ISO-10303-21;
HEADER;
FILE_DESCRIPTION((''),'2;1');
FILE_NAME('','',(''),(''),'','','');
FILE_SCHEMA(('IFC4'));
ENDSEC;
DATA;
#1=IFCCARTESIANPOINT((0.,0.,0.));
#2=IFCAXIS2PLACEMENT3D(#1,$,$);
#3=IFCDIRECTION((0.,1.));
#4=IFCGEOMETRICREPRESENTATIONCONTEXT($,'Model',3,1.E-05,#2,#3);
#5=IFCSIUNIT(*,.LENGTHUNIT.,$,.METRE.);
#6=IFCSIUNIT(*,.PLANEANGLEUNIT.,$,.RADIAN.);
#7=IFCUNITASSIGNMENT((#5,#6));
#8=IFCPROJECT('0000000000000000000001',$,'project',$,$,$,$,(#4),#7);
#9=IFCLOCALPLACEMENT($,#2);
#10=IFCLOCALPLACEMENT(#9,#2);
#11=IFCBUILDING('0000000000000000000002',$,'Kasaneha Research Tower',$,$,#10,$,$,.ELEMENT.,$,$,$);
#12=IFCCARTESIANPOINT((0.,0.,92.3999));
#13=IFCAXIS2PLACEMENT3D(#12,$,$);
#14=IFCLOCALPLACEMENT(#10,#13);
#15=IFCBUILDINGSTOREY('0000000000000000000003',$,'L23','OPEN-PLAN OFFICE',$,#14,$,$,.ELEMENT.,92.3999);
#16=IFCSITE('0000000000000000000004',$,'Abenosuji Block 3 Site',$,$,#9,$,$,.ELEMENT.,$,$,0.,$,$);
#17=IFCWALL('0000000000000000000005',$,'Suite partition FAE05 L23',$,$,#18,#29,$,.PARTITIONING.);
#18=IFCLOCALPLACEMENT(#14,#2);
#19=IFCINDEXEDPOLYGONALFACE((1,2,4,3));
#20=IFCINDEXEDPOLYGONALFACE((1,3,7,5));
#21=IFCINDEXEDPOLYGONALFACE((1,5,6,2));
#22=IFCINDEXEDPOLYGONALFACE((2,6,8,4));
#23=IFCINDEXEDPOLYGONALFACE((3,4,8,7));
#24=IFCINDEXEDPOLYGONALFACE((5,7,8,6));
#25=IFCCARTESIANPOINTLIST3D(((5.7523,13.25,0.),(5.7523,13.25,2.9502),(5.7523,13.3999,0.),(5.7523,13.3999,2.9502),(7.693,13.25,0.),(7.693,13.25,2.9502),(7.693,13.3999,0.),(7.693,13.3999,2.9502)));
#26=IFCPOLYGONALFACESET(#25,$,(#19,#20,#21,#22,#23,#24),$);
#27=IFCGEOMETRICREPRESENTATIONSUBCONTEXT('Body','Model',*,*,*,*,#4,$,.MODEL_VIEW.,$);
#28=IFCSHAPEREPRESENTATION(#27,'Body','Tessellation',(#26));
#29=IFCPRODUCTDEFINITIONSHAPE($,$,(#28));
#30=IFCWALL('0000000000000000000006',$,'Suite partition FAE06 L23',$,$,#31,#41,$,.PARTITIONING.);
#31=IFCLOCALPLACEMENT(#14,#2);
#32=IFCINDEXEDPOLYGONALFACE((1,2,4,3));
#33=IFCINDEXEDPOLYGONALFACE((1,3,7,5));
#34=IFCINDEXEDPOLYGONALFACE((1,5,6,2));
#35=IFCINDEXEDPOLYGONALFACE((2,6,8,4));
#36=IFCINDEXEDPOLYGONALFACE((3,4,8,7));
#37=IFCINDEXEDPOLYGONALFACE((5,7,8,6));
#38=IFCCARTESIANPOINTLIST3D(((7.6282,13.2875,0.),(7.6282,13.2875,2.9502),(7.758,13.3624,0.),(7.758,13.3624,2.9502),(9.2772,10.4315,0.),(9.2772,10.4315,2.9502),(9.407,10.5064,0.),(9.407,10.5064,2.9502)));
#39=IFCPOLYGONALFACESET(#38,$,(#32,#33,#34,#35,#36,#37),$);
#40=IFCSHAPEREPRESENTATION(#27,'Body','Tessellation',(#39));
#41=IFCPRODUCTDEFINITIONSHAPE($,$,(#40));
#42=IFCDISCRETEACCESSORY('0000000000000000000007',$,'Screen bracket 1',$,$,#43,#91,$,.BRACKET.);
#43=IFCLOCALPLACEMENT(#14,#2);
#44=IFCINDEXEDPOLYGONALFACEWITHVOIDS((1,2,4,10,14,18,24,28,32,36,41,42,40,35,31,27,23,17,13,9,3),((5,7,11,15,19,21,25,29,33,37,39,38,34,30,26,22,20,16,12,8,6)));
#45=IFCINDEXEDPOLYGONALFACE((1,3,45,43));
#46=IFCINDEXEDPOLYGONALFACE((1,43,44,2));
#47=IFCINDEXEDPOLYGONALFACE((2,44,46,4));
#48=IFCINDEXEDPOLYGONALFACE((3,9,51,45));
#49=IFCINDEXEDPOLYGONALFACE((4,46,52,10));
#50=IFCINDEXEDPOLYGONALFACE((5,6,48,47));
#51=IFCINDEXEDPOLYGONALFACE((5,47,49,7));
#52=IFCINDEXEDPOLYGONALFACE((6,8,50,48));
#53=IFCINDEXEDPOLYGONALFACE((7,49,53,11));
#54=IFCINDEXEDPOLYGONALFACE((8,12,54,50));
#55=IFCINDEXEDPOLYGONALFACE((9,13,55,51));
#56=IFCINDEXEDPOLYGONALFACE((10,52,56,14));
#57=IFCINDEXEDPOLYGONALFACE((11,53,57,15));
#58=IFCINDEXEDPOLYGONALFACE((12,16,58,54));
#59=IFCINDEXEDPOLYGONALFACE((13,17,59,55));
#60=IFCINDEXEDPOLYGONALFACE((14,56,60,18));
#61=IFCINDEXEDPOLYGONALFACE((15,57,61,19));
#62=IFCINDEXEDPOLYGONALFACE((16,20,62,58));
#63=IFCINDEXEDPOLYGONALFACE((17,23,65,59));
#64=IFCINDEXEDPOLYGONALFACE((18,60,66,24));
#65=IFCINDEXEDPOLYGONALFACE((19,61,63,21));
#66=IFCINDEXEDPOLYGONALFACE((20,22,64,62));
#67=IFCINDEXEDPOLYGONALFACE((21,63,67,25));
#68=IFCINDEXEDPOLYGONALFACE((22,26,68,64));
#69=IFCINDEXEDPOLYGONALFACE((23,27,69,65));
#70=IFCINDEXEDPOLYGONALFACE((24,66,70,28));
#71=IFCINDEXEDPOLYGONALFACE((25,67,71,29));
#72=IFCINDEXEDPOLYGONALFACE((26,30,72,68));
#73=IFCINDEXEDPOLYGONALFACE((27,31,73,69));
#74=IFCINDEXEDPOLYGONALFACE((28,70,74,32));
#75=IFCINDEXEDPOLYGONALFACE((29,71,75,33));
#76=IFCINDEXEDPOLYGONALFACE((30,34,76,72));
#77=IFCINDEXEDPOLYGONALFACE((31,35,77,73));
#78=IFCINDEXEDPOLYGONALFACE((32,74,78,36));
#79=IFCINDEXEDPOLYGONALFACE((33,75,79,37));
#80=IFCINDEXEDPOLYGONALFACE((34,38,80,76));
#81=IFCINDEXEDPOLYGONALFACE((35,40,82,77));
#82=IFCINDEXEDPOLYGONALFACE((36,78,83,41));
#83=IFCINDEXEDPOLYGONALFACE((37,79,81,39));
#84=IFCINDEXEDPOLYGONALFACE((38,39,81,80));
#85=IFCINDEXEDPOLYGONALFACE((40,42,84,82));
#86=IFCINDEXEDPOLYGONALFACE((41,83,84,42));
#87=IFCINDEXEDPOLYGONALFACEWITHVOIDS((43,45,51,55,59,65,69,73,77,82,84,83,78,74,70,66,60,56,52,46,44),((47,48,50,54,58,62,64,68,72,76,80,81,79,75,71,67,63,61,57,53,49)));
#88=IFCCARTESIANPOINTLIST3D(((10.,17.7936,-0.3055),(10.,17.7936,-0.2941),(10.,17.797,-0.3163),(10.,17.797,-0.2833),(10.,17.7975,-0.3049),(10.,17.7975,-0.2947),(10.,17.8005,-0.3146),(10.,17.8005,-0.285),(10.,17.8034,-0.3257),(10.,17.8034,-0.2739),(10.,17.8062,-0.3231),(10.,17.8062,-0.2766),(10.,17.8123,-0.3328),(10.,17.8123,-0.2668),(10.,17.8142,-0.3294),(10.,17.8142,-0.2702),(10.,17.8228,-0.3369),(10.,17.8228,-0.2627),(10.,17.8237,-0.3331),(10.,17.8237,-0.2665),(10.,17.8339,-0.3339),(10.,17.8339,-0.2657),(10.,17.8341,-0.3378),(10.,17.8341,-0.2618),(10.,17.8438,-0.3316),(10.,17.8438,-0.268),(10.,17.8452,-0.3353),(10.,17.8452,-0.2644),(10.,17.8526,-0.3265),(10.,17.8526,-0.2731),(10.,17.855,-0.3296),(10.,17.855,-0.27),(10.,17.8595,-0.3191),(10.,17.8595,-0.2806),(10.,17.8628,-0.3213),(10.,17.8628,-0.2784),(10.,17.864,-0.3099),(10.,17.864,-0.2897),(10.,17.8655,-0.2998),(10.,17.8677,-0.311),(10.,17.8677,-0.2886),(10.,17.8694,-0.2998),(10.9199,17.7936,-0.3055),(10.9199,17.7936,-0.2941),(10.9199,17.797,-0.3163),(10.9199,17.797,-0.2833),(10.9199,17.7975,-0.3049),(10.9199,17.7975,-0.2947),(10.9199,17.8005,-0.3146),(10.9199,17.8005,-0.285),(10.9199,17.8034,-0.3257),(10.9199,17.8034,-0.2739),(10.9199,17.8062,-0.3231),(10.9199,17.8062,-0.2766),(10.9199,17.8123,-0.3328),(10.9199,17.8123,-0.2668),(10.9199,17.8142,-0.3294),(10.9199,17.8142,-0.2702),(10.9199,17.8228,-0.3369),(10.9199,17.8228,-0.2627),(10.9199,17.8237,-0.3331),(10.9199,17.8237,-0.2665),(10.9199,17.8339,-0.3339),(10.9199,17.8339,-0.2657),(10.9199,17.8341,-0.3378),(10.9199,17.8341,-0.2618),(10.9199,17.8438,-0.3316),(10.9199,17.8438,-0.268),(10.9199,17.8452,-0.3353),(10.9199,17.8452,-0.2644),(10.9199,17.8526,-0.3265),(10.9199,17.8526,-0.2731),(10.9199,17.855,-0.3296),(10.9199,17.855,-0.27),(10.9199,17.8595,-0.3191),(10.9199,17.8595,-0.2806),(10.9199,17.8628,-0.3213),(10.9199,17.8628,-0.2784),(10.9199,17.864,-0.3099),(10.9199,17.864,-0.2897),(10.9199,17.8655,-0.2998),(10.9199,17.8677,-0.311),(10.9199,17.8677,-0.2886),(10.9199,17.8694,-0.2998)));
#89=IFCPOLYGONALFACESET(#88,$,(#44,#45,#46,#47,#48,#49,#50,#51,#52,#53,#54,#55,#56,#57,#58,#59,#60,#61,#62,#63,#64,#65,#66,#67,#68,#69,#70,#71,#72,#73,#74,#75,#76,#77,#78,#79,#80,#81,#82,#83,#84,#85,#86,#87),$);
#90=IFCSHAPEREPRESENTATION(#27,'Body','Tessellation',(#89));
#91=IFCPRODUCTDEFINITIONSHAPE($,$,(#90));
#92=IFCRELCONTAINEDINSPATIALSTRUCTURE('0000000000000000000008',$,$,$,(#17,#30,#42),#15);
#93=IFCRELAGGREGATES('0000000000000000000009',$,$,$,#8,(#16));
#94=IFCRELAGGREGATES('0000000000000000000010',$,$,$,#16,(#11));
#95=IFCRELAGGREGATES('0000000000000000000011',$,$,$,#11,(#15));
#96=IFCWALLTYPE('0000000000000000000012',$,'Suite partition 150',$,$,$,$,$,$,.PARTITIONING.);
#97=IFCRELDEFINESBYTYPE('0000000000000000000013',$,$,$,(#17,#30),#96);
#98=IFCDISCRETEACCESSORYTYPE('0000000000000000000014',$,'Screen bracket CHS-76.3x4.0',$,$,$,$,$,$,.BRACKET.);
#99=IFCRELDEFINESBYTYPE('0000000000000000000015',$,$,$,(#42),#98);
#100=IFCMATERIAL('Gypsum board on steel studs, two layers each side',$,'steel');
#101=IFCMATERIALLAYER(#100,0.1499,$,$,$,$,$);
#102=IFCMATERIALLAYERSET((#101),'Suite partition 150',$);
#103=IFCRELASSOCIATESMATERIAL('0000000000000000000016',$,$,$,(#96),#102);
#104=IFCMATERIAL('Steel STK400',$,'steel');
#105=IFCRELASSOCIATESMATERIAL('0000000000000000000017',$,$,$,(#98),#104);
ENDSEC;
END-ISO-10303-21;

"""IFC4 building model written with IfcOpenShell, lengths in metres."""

from ifc_helpers import new_model, si_unit, direction, frame, frame_2d, origin, origin_2d, place, context, subcontext, project, spatial, rectangle, hollow_circle, extrude, material, layer, layer_set, material_profile, profile_set, type_object, element, save


model = new_model("IFC4")

# Units and contexts
model_context = context("Model", 3, precision=1e-05, world=origin(), true_north=direction((0.0, 1.0)))
body_context = subcontext(model_context, "Body", "Model", "MODEL_VIEW")
ifc_project = project(units=[si_unit("LENGTHUNIT", "METRE"), si_unit("PLANEANGLEUNIT", "RADIAN")], contexts=[model_context])

# Site, building, storey
site_placement = place(None, origin())
site = spatial("IfcSite", under=ifc_project, at=site_placement, Name="Abenosuji Block 3 Site", CompositionType="ELEMENT", RefElevation=0.0)
building_placement = place(site_placement, origin())
building = spatial("IfcBuilding", under=site, at=building_placement, Name="Kasaneha Research Tower", CompositionType="ELEMENT")
storey_placement = place(building_placement, frame((0.0, 0.0, 92.3999)))
storey = spatial("IfcBuildingStorey", under=building, at=storey_placement, Name="L23", Description="OPEN-PLAN OFFICE", CompositionType="ELEMENT", Elevation=92.3999)

# Shared definitions
ifc_material_1 = material(Name="Gypsum board on steel studs, two layers each side", Category="steel")
ifc_layer_1 = layer(ifc_material_1, 0.1499)
ifc_layer_set_1 = layer_set([ifc_layer_1], Name="Suite partition 150")
wall_type_1 = type_object("IfcWallType", Name="Suite partition 150", PredefinedType="PARTITIONING", material=ifc_layer_set_1)

# Walls
wall_1_placement = place(storey_placement, frame((5.7524, 13.325, 0.0), z_axis=(0.0, 0.0, 1.0), x_axis=(1.0, 0.0, 0.0)))
element("IfcWall", 1, at=wall_1_placement, inside=storey, type_object=wall_type_1, Name="Suite partition FAE05 L23", PredefinedType="PARTITIONING", context=body_context, shape_type="SweptSolid", body=[
    extrude(rectangle(XDim=1.9407, YDim=0.1499, at=frame_2d((0.9702, 0.0))), origin(), (0.0, 0.0, 1.0), 2.9502),
])
wall_2_placement = place(storey_placement, frame((7.6931, 13.325, 0.0), z_axis=(0.0, 0.0, 1.0), x_axis=(0.500009, -0.86602, 0.0)))
element("IfcWall", 2, at=wall_2_placement, inside=storey, type_object=wall_type_1, Name="Suite partition FAE06 L23", PredefinedType="PARTITIONING", context=body_context, shape_type="SweptSolid", body=[
    extrude(rectangle(XDim=3.2979, YDim=0.1499, at=frame_2d((1.6489, 0.0))), origin(), (0.0, 0.0, 1.0), 2.9502),
])

# Discrete accessory
ifc_material_2 = material(Name="Steel STK400", Category="steel")
ifc_material_profile_1 = material_profile(ifc_material_2, hollow_circle(Radius=0.0381, WallThickness=0.0039, at=origin_2d()), Name="CHS-76.3x4.0")
ifc_profile_set_1 = profile_set([ifc_material_profile_1], Name="Steel STK400")
discrete_accessory_type = type_object("IfcDiscreteAccessoryType", Name="Screen bracket CHS-76.3x4.0", PredefinedType="BRACKET", material=ifc_profile_set_1)
discrete_accessory_placement = place(storey_placement, frame((10.0, 17.8313, -0.2998), z_axis=(1.0, 0.0, 0.0), x_axis=(0.0, 1.0, 0.0)))
element("IfcDiscreteAccessory", 3, at=discrete_accessory_placement, inside=storey, type_object=discrete_accessory_type, Name="Screen bracket 1", PredefinedType="BRACKET", context=body_context, shape_type="SweptSolid", body=[
    extrude(hollow_circle(Radius=0.0381, WallThickness=0.0039, at=origin_2d()), origin(), (0.0, 0.0, 1.0), 0.9199),
])

save(model, "model.ifc")
